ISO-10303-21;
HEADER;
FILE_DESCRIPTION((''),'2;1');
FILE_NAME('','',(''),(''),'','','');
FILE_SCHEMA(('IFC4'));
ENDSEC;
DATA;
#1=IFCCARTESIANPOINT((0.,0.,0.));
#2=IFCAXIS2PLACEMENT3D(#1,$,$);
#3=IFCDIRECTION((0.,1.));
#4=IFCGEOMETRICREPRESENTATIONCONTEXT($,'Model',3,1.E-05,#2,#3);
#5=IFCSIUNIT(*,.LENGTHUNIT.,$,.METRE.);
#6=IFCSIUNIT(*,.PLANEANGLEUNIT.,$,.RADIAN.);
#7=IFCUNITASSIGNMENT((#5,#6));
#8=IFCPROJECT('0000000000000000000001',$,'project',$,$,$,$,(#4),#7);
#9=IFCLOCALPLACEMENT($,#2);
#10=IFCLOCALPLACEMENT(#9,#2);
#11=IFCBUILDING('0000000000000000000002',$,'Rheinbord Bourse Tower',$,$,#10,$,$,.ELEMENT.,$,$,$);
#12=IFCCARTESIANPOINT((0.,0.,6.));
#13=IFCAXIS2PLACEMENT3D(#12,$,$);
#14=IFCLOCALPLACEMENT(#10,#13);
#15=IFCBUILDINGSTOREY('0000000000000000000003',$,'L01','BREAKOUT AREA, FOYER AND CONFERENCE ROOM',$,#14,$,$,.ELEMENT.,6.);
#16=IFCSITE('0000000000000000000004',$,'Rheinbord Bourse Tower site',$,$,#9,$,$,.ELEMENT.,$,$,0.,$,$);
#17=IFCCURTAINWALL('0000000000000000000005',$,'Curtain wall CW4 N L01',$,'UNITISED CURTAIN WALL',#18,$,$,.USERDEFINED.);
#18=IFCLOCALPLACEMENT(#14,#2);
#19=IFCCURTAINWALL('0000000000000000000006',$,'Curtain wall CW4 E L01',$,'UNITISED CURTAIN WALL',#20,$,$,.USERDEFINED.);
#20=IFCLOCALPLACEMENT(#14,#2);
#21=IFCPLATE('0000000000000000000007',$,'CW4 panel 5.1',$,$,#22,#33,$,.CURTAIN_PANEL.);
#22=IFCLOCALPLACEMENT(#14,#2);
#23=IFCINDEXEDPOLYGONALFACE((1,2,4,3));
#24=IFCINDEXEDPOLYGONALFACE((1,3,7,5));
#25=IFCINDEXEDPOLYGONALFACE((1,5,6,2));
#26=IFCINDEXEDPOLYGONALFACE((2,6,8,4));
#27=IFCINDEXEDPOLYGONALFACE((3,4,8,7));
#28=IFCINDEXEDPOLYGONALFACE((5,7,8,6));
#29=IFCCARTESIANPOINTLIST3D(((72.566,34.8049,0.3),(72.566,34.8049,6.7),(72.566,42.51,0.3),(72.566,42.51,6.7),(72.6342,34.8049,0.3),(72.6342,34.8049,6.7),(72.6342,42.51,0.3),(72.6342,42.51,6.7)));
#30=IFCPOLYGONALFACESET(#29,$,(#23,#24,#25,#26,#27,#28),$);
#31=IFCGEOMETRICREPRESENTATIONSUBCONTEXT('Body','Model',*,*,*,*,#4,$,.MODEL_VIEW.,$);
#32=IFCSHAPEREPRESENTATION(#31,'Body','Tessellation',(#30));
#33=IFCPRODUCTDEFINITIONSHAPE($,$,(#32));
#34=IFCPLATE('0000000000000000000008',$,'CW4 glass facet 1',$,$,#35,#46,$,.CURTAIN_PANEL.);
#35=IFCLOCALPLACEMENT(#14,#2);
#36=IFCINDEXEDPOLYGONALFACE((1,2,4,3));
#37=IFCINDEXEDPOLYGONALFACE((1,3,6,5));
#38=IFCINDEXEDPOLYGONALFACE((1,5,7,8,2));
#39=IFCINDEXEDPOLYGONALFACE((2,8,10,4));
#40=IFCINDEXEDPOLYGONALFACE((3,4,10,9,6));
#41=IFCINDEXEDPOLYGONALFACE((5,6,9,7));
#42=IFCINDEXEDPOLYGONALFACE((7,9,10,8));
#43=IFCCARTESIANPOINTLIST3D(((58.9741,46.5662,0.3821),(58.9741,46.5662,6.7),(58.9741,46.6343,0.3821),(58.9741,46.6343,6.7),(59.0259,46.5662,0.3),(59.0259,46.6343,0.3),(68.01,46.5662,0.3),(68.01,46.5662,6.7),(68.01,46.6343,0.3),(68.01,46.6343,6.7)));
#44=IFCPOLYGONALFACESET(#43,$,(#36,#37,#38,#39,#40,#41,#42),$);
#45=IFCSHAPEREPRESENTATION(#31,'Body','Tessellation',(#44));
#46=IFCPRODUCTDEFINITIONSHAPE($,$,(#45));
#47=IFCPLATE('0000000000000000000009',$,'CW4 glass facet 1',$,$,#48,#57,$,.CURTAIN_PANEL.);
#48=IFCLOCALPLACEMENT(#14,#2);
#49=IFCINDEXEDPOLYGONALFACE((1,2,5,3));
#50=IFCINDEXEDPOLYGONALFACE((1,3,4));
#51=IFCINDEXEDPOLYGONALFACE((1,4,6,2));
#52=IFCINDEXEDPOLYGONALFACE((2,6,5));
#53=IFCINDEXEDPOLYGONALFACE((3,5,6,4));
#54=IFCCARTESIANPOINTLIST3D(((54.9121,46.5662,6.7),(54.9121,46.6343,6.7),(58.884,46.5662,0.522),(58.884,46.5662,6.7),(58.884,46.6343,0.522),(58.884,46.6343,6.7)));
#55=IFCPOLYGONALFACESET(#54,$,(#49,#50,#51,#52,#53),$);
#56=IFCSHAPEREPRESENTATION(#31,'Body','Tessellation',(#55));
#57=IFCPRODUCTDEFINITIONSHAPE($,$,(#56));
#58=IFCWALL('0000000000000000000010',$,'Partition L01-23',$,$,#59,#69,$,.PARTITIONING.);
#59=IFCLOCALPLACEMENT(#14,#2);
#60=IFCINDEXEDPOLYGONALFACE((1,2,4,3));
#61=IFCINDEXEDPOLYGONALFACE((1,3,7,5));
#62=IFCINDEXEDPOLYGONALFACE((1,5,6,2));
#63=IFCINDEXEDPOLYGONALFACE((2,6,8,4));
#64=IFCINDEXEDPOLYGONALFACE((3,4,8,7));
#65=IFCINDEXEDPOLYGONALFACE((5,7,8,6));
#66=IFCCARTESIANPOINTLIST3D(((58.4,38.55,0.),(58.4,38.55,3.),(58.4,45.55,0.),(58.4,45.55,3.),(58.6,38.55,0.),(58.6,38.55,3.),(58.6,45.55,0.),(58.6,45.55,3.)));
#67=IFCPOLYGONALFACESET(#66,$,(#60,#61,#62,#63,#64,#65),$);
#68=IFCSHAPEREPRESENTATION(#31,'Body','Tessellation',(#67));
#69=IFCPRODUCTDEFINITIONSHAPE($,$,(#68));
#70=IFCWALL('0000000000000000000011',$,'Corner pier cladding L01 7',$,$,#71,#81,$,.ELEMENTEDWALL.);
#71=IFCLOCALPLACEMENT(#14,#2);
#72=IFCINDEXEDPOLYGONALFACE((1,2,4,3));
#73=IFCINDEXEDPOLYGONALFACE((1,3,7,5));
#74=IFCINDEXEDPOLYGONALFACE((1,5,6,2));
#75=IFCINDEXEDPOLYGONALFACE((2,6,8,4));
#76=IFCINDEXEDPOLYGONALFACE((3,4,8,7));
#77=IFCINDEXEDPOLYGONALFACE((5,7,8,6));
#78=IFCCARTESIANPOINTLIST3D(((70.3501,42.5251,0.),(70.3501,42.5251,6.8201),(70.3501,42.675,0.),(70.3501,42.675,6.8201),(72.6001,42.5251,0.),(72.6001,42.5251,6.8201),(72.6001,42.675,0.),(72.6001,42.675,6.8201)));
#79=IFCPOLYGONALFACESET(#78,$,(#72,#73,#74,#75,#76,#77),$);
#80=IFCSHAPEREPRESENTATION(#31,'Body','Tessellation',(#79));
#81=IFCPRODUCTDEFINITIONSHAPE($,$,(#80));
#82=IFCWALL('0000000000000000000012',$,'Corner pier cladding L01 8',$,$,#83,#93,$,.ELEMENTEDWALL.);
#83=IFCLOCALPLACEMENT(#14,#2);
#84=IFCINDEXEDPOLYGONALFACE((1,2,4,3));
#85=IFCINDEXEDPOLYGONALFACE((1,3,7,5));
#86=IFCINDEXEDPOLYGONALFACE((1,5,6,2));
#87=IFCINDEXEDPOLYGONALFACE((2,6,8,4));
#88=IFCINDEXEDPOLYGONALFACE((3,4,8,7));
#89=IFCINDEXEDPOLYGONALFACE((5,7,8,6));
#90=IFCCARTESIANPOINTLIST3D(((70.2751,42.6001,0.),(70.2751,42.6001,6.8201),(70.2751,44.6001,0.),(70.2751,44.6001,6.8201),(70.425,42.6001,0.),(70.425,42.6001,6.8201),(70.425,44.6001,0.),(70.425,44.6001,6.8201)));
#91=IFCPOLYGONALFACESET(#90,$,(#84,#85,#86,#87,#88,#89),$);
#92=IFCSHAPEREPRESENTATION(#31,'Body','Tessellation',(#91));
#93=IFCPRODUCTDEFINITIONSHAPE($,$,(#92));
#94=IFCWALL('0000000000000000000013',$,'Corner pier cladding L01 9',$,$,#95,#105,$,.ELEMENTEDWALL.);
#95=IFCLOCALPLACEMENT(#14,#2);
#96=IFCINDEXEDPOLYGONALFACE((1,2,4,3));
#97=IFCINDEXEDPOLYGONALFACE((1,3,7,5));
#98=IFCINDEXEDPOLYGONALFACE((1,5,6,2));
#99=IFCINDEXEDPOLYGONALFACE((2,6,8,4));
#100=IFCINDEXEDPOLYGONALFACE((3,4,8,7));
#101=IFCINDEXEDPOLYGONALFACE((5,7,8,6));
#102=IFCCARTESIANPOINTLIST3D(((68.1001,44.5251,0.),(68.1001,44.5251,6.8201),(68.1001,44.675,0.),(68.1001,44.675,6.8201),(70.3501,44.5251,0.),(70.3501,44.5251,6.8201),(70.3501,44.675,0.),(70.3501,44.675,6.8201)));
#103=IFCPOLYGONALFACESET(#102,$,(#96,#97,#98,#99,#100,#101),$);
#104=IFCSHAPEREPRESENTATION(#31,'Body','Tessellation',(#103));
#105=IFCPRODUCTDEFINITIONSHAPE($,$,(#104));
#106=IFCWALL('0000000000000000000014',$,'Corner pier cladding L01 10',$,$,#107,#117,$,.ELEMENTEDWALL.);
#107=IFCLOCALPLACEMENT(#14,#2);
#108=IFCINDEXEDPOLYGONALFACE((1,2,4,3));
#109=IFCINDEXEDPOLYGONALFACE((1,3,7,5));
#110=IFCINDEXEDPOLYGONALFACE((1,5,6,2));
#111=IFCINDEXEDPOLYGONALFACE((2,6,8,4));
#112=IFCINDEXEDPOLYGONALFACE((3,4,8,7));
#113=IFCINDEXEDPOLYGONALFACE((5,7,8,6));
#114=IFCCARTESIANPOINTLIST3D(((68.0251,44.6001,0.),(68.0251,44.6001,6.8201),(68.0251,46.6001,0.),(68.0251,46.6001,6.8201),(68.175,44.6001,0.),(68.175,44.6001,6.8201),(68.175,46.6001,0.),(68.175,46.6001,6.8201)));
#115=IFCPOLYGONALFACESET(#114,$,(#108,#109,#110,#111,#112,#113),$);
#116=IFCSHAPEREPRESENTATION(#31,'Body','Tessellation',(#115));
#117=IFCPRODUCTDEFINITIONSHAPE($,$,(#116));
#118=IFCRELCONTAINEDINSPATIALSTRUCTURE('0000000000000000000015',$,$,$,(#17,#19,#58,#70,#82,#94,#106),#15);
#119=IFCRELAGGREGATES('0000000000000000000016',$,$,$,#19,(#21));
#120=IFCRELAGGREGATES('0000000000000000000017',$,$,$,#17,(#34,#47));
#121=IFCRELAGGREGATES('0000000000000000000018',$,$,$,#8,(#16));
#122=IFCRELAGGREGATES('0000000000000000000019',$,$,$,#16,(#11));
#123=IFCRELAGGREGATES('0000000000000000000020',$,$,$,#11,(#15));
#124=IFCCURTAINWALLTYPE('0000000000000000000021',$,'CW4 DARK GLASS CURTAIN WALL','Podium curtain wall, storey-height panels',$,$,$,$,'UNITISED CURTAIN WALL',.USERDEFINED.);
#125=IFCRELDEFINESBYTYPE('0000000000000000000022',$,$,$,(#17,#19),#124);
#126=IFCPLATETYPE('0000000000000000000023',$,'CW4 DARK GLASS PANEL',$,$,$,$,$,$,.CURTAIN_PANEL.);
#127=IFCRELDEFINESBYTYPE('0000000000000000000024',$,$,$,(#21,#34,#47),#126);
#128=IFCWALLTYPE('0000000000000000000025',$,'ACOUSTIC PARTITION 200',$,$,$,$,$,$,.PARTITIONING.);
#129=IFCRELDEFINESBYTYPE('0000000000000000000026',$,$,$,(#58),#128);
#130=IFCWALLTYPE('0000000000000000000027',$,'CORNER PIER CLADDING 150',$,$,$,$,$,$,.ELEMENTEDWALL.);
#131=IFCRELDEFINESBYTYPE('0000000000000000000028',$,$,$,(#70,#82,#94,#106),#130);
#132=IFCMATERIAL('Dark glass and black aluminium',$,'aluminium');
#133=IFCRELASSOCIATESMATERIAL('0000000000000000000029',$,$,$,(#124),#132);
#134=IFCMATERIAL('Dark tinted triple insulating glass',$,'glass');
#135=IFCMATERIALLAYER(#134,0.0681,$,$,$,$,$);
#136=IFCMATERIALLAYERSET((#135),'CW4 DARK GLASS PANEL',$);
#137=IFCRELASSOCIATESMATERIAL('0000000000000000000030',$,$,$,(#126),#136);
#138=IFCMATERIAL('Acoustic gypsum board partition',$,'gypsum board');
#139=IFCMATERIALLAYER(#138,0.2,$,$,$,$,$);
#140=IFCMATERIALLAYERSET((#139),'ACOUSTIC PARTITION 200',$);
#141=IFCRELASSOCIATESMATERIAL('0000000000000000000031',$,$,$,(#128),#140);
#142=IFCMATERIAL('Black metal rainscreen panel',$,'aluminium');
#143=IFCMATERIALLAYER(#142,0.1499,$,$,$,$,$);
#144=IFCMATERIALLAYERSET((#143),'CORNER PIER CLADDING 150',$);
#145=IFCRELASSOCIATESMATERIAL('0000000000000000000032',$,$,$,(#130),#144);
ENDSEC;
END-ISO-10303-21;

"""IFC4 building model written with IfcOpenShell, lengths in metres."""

from ifc_helpers import new_model, si_unit, direction, frame, frame_2d, origin, origin_2d, place, context, subcontext, project, spatial, polyline, rectangle, outline, extrude, material, layer, layer_set, type_object, element, aggregate, save


model = new_model("IFC4")

# Units and contexts
model_context = context("Model", 3, precision=1e-05, world=origin(), true_north=direction((0.0, 1.0)))
body_context = subcontext(model_context, "Body", "Model", "MODEL_VIEW")
ifc_project = project(units=[si_unit("LENGTHUNIT", "METRE"), si_unit("PLANEANGLEUNIT", "RADIAN")], contexts=[model_context])

# Site, building, storey
site_placement = place(None, origin())
site = spatial("IfcSite", under=ifc_project, at=site_placement, Name="Rheinbord Bourse Tower site", CompositionType="ELEMENT", RefElevation=0.0)
building_placement = place(site_placement, origin())
building = spatial("IfcBuilding", under=site, at=building_placement, Name="Rheinbord Bourse Tower", CompositionType="ELEMENT")
storey_placement = place(building_placement, frame((0.0, 0.0, 6.0)))
storey = spatial("IfcBuildingStorey", under=building, at=storey_placement, Name="L01", Description="BREAKOUT AREA, FOYER AND CONFERENCE ROOM", CompositionType="ELEMENT", Elevation=6.0)

# Curtain walls
ifc_material_1 = material(Name="Dark glass and black aluminium", Category="aluminium")
curtain_wall_type = type_object("IfcCurtainWallType", Name="CW4 DARK GLASS CURTAIN WALL", Description="Podium curtain wall, storey-height panels", ElementType="UNITISED CURTAIN WALL", PredefinedType="USERDEFINED", material=ifc_material_1)
curtain_wall_1_placement = place(storey_placement, origin())
curtain_wall_1 = element("IfcCurtainWall", 1, at=curtain_wall_1_placement, inside=storey, type_object=curtain_wall_type, Name="Curtain wall CW4 N L01", ObjectType="UNITISED CURTAIN WALL", PredefinedType="USERDEFINED")
curtain_wall_2_placement = place(storey_placement, origin())
curtain_wall_2 = element("IfcCurtainWall", 2, at=curtain_wall_2_placement, inside=storey, type_object=curtain_wall_type, Name="Curtain wall CW4 E L01", ObjectType="UNITISED CURTAIN WALL", PredefinedType="USERDEFINED")

# Plates
ifc_material_2 = material(Name="Dark tinted triple insulating glass", Category="glass")
ifc_layer_1 = layer(ifc_material_2, 0.0681)
ifc_layer_set_1 = layer_set([ifc_layer_1], Name="CW4 DARK GLASS PANEL")
plate_type = type_object("IfcPlateType", Name="CW4 DARK GLASS PANEL", PredefinedType="CURTAIN_PANEL", material=ifc_layer_set_1)
plate_1_placement = place(storey_placement, frame((72.6001, 38.6575, 0.3), z_axis=(0.0, 0.0, 1.0), x_axis=(0.0, 1.0, 0.0)))
plate_1 = element("IfcPlate", 3, at=plate_1_placement, type_object=plate_type, Name="CW4 panel 5.1", PredefinedType="CURTAIN_PANEL", context=body_context, shape_type="SweptSolid", body=[
    extrude(rectangle(XDim=7.7051, YDim=0.0681, at=origin_2d()), origin(), (0.0, 0.0, 1.0), 6.3999),
])
aggregate(curtain_wall_2, [plate_1])
plate_2_placement = place(storey_placement, frame((68.01, 46.6343, 0.3), z_axis=(0.0, -1.0, 0.0), x_axis=(0.0, 0.0, 1.0)))
plate_2 = element("IfcPlate", 4, at=plate_2_placement, type_object=plate_type, Name="CW4 glass facet 1", PredefinedType="CURTAIN_PANEL", context=body_context, shape_type="SweptSolid", body=[
    extrude(outline(polyline([(0.0, 0.0), (6.3999, 0.0), (6.3999, 9.0359), (0.082, 9.0359), (0.0, 8.9841), (0.0, 0.0)])), origin(), (0.0, 0.0, 1.0), 0.0681),
])
plate_3_placement = place(storey_placement, frame((58.884, 46.6343, 6.7), z_axis=(0.0, -1.0, 0.0), x_axis=(-1.0, 0.0, 0.0)))
plate_3 = element("IfcPlate", 5, at=plate_3_placement, type_object=plate_type, Name="CW4 glass facet 1", PredefinedType="CURTAIN_PANEL", context=body_context, shape_type="SweptSolid", body=[
    extrude(outline(polyline([(0.0, 0.0), (3.9719, 0.0), (0.0, 6.178), (0.0, 0.0)])), origin(), (0.0, 0.0, 1.0), 0.0681),
])
aggregate(curtain_wall_1, [plate_2, plate_3])

# Walls
ifc_material_3 = material(Name="Acoustic gypsum board partition", Category="gypsum board")
ifc_layer_2 = layer(ifc_material_3, 0.2)
ifc_layer_set_2 = layer_set([ifc_layer_2], Name="ACOUSTIC PARTITION 200")
wall_type_1 = type_object("IfcWallType", Name="ACOUSTIC PARTITION 200", PredefinedType="PARTITIONING", material=ifc_layer_set_2)
wall_1_placement = place(storey_placement, frame((58.5, 38.55, 0.0), z_axis=(0.0, 0.0, 1.0), x_axis=(0.0, 1.0, 0.0)))
element("IfcWall", 6, at=wall_1_placement, inside=storey, type_object=wall_type_1, Name="Partition L01-23", PredefinedType="PARTITIONING", context=body_context, shape_type="SweptSolid", body=[
    extrude(rectangle(XDim=7.0, YDim=0.2, at=frame_2d((3.5, 0.0))), origin(), (0.0, 0.0, 1.0), 3.0),
])
ifc_material_4 = material(Name="Black metal rainscreen panel", Category="aluminium")
ifc_layer_3 = layer(ifc_material_4, 0.1499)
ifc_layer_set_3 = layer_set([ifc_layer_3], Name="CORNER PIER CLADDING 150")
wall_type_2 = type_object("IfcWallType", Name="CORNER PIER CLADDING 150", PredefinedType="ELEMENTEDWALL", material=ifc_layer_set_3)
wall_2_placement = place(storey_placement, frame((72.6001, 42.6001, 0.0), z_axis=(0.0, 0.0, 1.0), x_axis=(-1.0, 0.0, 0.0)))
element("IfcWall", 7, at=wall_2_placement, inside=storey, type_object=wall_type_2, Name="Corner pier cladding L01 7", PredefinedType="ELEMENTEDWALL", context=body_context, shape_type="SweptSolid", body=[
    extrude(rectangle(XDim=2.25, YDim=0.1499, at=frame_2d((1.125, 0.0))), origin(), (0.0, 0.0, 1.0), 6.8201),
])
wall_3_placement = place(storey_placement, frame((70.3501, 42.6001, 0.0), z_axis=(0.0, 0.0, 1.0), x_axis=(0.0, 1.0, 0.0)))
element("IfcWall", 8, at=wall_3_placement, inside=storey, type_object=wall_type_2, Name="Corner pier cladding L01 8", PredefinedType="ELEMENTEDWALL", context=body_context, shape_type="SweptSolid", body=[
    extrude(rectangle(XDim=2.0, YDim=0.1499, at=frame_2d((1.0, 0.0))), origin(), (0.0, 0.0, 1.0), 6.8201),
])
wall_4_placement = place(storey_placement, frame((70.3501, 44.6001, 0.0), z_axis=(0.0, 0.0, 1.0), x_axis=(-1.0, 0.0, 0.0)))
element("IfcWall", 9, at=wall_4_placement, inside=storey, type_object=wall_type_2, Name="Corner pier cladding L01 9", PredefinedType="ELEMENTEDWALL", context=body_context, shape_type="SweptSolid", body=[
    extrude(rectangle(XDim=2.25, YDim=0.1499, at=frame_2d((1.125, 0.0))), origin(), (0.0, 0.0, 1.0), 6.8201),
])
wall_5_placement = place(storey_placement, frame((68.1001, 44.6001, 0.0), z_axis=(0.0, 0.0, 1.0), x_axis=(0.0, 1.0, 0.0)))
element("IfcWall", 10, at=wall_5_placement, inside=storey, type_object=wall_type_2, Name="Corner pier cladding L01 10", PredefinedType="ELEMENTEDWALL", context=body_context, shape_type="SweptSolid", body=[
    extrude(rectangle(XDim=2.0, YDim=0.1499, at=frame_2d((1.0, 0.0))), origin(), (0.0, 0.0, 1.0), 6.8201),
])

save(model, "model.ifc")
